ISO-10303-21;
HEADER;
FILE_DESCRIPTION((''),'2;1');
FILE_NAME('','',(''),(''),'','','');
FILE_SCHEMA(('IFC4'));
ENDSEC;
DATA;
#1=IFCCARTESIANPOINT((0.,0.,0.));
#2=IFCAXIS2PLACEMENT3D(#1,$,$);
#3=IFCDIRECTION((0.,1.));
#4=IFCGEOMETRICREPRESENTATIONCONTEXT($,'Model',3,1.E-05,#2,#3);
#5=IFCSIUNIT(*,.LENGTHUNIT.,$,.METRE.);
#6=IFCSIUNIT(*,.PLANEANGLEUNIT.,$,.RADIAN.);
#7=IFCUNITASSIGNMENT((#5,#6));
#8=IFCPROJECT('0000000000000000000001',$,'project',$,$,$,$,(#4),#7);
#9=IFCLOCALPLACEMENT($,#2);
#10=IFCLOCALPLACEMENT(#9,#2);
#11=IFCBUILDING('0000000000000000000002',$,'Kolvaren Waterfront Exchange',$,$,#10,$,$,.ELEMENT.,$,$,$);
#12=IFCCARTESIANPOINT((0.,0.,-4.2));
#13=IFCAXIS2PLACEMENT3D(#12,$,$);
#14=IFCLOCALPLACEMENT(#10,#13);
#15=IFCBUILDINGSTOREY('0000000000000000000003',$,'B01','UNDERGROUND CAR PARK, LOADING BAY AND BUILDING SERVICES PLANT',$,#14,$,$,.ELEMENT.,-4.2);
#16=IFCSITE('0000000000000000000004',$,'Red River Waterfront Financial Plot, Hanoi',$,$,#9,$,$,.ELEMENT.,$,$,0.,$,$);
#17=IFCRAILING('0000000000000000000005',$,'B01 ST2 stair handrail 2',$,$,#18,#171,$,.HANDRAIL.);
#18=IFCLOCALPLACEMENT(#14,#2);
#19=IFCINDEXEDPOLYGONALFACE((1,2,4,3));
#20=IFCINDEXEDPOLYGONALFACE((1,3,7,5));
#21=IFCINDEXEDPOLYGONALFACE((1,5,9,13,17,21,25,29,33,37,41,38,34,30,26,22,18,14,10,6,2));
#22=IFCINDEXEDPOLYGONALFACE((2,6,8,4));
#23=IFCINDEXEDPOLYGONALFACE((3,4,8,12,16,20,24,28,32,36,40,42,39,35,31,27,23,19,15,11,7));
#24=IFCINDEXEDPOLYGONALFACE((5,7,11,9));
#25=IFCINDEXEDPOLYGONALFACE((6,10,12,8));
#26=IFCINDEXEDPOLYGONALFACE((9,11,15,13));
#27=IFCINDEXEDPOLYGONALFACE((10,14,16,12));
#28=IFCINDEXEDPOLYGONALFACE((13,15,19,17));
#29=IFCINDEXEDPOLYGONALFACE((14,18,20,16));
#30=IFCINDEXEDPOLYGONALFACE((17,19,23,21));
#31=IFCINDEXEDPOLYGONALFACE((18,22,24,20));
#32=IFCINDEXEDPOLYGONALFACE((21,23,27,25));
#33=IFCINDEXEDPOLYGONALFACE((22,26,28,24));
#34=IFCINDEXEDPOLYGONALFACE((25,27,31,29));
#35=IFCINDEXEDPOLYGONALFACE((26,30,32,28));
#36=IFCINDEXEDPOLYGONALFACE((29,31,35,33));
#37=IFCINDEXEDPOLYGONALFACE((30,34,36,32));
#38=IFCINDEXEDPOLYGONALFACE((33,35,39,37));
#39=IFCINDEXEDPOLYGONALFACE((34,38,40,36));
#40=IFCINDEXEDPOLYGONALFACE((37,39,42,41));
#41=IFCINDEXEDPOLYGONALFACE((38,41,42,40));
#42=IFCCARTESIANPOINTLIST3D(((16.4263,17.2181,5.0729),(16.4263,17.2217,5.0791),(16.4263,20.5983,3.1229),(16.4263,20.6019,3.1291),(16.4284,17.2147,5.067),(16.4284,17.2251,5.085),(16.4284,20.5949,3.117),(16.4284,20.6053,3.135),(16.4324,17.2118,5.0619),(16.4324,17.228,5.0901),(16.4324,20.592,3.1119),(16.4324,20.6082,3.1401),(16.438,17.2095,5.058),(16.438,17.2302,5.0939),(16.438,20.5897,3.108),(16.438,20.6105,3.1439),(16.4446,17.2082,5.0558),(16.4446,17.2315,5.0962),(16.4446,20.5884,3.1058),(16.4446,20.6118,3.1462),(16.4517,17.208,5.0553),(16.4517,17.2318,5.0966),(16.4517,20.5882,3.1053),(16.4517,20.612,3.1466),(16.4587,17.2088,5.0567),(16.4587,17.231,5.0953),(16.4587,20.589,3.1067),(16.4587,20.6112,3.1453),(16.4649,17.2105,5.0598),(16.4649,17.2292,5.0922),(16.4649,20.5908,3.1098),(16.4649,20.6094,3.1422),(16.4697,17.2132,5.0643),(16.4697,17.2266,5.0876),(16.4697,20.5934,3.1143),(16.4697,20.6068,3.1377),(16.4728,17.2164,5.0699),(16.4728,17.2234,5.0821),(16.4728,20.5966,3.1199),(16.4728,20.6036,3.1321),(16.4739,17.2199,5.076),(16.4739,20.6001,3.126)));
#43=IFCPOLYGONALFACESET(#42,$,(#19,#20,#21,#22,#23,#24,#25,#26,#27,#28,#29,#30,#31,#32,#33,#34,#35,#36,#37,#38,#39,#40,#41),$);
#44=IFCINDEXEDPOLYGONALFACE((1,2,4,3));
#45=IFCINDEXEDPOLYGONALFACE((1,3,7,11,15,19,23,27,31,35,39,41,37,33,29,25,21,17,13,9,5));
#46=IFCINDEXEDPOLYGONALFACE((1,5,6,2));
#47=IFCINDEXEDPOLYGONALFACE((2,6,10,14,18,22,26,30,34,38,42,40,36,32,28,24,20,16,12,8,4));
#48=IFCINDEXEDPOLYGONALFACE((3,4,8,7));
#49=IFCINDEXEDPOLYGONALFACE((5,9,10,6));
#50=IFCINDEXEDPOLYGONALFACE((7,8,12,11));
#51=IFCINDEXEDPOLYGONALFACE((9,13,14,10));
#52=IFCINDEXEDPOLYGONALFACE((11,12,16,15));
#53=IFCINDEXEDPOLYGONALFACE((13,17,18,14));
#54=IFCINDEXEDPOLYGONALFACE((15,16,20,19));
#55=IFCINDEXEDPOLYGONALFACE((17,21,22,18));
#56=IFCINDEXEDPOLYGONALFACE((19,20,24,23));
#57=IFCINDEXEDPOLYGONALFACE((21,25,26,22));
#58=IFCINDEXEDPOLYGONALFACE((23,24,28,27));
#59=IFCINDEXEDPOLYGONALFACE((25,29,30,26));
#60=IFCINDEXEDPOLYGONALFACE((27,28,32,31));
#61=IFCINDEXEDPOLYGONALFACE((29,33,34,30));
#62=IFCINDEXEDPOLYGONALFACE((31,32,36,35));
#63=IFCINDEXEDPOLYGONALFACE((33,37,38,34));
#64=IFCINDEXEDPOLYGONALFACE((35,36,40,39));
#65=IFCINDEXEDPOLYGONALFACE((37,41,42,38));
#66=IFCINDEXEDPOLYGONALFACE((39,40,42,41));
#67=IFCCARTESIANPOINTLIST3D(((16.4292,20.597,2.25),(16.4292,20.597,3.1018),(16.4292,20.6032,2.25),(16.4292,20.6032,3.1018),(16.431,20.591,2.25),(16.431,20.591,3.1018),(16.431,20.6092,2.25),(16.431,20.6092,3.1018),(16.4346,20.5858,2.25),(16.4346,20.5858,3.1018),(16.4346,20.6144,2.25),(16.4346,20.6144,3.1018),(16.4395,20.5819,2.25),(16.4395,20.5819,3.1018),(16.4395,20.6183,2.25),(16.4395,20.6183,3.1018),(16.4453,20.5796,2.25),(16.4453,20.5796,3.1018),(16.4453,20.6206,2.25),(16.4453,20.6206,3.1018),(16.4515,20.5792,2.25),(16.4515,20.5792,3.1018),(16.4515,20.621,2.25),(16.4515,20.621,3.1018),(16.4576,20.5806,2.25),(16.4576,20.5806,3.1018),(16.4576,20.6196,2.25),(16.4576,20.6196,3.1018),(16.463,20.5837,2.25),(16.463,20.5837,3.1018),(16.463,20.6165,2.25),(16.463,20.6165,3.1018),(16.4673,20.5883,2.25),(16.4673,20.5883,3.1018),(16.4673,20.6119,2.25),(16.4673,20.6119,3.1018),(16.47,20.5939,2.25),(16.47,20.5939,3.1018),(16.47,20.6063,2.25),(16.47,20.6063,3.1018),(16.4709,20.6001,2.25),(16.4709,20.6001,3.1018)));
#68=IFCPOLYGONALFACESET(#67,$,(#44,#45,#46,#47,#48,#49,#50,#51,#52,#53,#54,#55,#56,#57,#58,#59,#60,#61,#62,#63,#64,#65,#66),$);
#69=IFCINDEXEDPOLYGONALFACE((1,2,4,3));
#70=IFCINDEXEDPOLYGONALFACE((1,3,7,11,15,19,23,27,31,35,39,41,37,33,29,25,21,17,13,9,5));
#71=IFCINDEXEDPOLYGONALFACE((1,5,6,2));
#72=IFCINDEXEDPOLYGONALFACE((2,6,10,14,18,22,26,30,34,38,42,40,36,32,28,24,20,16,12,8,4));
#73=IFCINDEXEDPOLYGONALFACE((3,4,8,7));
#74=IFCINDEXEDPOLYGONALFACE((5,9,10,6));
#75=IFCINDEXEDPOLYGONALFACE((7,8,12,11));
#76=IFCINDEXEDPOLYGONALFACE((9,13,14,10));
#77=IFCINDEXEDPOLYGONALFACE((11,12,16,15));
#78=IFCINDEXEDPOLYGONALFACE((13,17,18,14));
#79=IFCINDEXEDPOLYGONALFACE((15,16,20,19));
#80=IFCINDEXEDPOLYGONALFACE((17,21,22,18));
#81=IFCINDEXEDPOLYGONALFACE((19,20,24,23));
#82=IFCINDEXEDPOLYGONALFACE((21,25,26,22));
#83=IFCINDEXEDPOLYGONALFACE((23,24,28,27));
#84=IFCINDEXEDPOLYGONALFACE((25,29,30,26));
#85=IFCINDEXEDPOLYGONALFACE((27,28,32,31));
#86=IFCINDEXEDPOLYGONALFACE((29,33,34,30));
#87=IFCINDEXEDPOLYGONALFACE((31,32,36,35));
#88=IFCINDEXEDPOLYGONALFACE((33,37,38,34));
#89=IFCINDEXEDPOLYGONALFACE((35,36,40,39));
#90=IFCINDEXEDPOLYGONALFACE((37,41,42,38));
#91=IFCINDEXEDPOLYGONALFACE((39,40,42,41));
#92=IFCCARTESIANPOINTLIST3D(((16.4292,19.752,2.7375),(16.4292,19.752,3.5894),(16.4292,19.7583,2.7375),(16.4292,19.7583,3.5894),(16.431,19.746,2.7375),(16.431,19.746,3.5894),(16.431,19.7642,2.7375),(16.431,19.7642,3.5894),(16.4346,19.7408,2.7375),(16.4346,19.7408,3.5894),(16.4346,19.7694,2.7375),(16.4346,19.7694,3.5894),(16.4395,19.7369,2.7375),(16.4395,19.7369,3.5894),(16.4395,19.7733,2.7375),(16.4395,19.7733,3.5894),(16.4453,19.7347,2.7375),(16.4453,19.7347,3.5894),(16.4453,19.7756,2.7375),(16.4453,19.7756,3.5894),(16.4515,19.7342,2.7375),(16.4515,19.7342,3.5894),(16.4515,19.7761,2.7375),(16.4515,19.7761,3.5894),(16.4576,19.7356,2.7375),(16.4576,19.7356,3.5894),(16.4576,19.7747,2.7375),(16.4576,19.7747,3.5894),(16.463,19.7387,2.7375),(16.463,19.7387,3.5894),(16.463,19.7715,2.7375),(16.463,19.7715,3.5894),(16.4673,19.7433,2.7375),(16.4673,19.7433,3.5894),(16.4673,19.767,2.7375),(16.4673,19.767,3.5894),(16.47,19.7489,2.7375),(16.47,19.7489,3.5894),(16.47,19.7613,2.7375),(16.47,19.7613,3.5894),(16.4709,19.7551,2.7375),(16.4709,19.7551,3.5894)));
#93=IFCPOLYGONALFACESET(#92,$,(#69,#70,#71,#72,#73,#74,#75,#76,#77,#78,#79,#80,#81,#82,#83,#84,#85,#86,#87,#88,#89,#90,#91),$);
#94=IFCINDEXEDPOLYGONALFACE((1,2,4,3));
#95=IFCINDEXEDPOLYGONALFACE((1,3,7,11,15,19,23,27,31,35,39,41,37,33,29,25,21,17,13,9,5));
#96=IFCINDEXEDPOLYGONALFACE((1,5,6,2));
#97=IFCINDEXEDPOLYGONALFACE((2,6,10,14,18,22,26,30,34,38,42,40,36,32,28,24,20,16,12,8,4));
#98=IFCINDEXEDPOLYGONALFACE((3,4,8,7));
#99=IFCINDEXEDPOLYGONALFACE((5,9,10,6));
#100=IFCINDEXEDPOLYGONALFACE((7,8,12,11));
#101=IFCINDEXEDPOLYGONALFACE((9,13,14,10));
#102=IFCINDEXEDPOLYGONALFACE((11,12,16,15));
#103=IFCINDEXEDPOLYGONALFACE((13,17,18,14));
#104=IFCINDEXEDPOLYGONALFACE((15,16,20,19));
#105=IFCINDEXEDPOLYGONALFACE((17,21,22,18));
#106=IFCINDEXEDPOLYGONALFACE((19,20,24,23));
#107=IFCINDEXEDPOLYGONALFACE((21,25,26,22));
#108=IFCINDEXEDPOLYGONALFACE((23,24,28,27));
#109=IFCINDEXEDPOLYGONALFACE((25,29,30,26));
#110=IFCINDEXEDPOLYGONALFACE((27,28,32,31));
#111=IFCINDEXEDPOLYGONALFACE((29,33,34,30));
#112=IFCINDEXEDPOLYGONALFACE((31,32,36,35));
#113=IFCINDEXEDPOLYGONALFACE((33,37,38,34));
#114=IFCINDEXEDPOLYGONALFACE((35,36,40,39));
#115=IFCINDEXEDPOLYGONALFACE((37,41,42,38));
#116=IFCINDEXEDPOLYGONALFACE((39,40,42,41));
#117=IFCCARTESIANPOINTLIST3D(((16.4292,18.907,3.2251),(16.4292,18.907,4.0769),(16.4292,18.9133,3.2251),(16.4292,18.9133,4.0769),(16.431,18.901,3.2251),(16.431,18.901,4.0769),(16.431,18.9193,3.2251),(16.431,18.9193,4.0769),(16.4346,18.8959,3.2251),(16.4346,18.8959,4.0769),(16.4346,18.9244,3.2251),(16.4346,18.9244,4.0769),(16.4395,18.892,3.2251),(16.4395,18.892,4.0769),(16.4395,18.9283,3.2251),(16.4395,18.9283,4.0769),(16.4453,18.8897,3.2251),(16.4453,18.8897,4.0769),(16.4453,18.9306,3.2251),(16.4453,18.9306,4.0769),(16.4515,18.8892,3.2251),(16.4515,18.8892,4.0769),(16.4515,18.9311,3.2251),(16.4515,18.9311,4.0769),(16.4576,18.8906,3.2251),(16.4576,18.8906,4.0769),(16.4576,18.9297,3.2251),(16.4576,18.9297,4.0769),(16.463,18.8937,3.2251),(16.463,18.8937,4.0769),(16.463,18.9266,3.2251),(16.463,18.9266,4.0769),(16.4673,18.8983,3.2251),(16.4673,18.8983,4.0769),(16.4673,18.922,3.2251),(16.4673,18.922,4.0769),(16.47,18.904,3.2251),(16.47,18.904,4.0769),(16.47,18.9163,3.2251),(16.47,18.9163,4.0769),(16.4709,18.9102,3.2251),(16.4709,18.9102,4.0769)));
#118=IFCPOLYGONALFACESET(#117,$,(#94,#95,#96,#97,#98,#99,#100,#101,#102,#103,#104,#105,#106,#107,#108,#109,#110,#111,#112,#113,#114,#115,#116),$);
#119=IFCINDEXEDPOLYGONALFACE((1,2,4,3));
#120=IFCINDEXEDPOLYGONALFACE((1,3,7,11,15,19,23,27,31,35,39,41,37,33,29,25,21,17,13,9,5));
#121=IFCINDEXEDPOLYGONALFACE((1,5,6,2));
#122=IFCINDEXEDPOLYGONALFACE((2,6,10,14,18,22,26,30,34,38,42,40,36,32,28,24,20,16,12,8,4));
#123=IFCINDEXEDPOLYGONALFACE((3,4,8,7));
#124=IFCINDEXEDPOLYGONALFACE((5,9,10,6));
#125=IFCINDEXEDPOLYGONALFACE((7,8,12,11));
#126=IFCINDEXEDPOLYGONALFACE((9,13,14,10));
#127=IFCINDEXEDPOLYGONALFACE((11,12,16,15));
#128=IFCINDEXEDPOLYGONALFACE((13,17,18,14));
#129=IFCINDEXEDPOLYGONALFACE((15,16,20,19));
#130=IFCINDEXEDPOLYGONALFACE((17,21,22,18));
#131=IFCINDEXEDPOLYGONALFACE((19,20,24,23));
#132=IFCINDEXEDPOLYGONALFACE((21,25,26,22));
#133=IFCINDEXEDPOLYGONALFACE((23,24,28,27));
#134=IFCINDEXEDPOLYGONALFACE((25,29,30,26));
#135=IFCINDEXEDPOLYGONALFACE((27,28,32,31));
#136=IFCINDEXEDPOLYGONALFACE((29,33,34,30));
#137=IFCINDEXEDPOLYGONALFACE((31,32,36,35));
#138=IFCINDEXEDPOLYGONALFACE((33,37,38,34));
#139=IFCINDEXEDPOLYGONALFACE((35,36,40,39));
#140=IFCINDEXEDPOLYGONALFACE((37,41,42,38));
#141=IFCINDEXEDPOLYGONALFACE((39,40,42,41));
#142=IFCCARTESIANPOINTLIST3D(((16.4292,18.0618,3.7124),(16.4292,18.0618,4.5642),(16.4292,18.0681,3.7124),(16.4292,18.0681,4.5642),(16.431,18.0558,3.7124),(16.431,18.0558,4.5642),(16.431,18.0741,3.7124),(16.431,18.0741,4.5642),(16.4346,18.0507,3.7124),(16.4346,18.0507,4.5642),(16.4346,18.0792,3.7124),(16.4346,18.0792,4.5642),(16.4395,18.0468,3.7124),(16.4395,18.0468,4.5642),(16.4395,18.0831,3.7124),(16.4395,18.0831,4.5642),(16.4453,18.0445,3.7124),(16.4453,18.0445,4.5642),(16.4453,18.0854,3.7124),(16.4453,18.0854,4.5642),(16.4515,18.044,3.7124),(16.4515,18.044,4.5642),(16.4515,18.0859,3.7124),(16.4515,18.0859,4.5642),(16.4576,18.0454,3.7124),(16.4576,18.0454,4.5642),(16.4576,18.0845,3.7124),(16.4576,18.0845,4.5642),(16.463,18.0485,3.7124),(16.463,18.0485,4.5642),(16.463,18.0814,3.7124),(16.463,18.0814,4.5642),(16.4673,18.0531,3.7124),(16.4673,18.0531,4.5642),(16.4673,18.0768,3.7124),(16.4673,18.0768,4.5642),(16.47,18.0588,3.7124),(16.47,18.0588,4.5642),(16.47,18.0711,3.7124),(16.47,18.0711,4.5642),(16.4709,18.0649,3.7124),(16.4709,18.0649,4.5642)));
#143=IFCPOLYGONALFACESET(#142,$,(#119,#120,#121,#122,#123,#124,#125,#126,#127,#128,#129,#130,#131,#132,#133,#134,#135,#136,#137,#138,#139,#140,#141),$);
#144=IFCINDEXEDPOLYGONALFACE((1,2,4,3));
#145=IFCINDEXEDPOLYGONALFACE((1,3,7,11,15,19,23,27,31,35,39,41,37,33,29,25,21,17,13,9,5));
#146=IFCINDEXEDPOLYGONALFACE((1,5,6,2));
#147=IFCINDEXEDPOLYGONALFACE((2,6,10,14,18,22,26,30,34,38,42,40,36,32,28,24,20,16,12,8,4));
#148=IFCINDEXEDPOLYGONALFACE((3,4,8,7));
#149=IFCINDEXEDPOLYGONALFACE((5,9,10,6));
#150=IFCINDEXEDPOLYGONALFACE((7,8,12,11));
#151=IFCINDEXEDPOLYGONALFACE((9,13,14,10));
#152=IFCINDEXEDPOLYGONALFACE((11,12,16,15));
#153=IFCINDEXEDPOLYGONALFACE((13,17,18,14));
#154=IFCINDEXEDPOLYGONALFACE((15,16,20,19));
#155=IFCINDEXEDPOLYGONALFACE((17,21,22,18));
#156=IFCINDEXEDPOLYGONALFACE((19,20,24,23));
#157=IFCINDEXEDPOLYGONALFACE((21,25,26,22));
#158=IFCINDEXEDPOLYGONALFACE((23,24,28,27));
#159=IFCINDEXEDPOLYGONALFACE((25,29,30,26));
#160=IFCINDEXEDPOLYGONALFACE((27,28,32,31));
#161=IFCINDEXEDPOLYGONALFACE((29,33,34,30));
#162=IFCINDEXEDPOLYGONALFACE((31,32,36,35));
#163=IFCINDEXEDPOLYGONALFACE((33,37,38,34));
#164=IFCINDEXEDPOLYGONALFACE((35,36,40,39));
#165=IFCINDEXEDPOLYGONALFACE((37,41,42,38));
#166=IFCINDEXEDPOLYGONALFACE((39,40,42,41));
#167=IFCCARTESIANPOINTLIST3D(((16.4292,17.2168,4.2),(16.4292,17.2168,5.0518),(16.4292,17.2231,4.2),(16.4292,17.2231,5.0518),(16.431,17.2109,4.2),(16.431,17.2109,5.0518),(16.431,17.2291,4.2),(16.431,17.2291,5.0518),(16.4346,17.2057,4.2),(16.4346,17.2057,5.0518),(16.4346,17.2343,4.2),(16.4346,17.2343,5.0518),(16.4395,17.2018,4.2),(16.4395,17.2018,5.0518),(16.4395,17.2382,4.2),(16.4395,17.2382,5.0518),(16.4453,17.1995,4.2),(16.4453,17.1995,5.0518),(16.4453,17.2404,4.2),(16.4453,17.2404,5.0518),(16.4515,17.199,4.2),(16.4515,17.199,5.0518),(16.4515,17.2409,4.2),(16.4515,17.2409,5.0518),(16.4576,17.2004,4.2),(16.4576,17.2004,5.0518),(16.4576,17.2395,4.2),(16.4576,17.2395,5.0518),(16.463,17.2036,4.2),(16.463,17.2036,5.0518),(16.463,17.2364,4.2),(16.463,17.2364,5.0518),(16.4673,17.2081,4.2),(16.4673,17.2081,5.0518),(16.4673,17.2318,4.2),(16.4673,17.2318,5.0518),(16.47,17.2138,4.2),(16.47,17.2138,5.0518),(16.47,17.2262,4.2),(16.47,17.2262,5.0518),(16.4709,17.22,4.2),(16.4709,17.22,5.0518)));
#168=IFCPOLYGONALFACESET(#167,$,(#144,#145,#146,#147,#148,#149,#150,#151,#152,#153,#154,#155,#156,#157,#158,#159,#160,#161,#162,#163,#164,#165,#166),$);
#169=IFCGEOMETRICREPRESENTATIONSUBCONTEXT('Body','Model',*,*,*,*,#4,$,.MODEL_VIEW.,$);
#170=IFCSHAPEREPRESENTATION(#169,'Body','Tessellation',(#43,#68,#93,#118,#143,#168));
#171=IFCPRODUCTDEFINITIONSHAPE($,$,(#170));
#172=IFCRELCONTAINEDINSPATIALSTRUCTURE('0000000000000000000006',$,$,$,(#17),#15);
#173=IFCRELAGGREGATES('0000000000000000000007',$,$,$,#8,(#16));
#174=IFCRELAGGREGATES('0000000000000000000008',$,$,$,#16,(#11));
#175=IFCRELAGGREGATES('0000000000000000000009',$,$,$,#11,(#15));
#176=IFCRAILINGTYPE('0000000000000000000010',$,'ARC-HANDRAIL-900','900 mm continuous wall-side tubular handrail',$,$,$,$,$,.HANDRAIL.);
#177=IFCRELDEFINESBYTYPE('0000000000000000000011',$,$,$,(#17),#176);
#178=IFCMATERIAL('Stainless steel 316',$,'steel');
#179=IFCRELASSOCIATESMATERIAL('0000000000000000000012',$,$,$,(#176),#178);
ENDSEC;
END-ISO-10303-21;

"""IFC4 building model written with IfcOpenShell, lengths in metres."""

from ifc_helpers import new_model, si_unit, direction, frame, origin, origin_2d, place, context, subcontext, project, spatial, circle, extrude, material, type_object, element, save


model = new_model("IFC4")

# Units and contexts
model_context = context("Model", 3, precision=1e-05, world=origin(), true_north=direction((0.0, 1.0)))
body_context = subcontext(model_context, "Body", "Model", "MODEL_VIEW")
ifc_project = project(units=[si_unit("LENGTHUNIT", "METRE"), si_unit("PLANEANGLEUNIT", "RADIAN")], contexts=[model_context])

# Site, building, storey
site_placement = place(None, origin())
site = spatial("IfcSite", under=ifc_project, at=site_placement, Name="Red River Waterfront Financial Plot, Hanoi", CompositionType="ELEMENT", RefElevation=0.0)
building_placement = place(site_placement, origin())
building = spatial("IfcBuilding", under=site, at=building_placement, Name="Kolvaren Waterfront Exchange", CompositionType="ELEMENT")
storey_placement = place(building_placement, frame((0.0, 0.0, -4.2)))
storey = spatial("IfcBuildingStorey", under=building, at=storey_placement, Name="B01", Description="UNDERGROUND CAR PARK, LOADING BAY AND BUILDING SERVICES PLANT", CompositionType="ELEMENT", Elevation=-4.2)

# Railing
ifc_material_1 = material(Name="Stainless steel 316", Category="steel")
railing_type_1 = type_object("IfcRailingType", Name="ARC-HANDRAIL-900", Description="900 mm continuous wall-side tubular handrail", PredefinedType="HANDRAIL", material=ifc_material_1)
railing_1_placement = place(storey_placement, frame((16.45, 20.6001, 2.25)))
element("IfcRailing", 1, at=railing_1_placement, inside=storey, type_object=railing_type_1, Name="B01 ST2 stair handrail 2", PredefinedType="HANDRAIL", context=body_context, shape_type="SweptSolid", body=[
    extrude(circle(Radius=0.0239, at=origin_2d()), frame((0.0, 0.0, 0.876), z_axis=(0.0, -0.866199, 0.499699), x_axis=(1.0, 0.0, 0.0)), (0.0, 0.0, 1.0), 3.9023),
    extrude(circle(Radius=0.021, at=origin_2d()), origin(), (0.0, 0.0, 1.0), 0.8518),
    extrude(circle(Radius=0.021, at=origin_2d()), frame((0.0, -0.845, 0.4875)), (0.0, 0.0, 1.0), 0.8518),
    extrude(circle(Radius=0.021, at=origin_2d()), frame((0.0, -1.6899, 0.9751)), (0.0, 0.0, 1.0), 0.8518),
    extrude(circle(Radius=0.021, at=origin_2d()), frame((0.0, -2.5352, 1.4624)), (0.0, 0.0, 1.0), 0.8518),
    extrude(circle(Radius=0.021, at=origin_2d()), frame((0.0, -3.3801, 1.95)), (0.0, 0.0, 1.0), 0.8518),
])

save(model, "model.ifc")
